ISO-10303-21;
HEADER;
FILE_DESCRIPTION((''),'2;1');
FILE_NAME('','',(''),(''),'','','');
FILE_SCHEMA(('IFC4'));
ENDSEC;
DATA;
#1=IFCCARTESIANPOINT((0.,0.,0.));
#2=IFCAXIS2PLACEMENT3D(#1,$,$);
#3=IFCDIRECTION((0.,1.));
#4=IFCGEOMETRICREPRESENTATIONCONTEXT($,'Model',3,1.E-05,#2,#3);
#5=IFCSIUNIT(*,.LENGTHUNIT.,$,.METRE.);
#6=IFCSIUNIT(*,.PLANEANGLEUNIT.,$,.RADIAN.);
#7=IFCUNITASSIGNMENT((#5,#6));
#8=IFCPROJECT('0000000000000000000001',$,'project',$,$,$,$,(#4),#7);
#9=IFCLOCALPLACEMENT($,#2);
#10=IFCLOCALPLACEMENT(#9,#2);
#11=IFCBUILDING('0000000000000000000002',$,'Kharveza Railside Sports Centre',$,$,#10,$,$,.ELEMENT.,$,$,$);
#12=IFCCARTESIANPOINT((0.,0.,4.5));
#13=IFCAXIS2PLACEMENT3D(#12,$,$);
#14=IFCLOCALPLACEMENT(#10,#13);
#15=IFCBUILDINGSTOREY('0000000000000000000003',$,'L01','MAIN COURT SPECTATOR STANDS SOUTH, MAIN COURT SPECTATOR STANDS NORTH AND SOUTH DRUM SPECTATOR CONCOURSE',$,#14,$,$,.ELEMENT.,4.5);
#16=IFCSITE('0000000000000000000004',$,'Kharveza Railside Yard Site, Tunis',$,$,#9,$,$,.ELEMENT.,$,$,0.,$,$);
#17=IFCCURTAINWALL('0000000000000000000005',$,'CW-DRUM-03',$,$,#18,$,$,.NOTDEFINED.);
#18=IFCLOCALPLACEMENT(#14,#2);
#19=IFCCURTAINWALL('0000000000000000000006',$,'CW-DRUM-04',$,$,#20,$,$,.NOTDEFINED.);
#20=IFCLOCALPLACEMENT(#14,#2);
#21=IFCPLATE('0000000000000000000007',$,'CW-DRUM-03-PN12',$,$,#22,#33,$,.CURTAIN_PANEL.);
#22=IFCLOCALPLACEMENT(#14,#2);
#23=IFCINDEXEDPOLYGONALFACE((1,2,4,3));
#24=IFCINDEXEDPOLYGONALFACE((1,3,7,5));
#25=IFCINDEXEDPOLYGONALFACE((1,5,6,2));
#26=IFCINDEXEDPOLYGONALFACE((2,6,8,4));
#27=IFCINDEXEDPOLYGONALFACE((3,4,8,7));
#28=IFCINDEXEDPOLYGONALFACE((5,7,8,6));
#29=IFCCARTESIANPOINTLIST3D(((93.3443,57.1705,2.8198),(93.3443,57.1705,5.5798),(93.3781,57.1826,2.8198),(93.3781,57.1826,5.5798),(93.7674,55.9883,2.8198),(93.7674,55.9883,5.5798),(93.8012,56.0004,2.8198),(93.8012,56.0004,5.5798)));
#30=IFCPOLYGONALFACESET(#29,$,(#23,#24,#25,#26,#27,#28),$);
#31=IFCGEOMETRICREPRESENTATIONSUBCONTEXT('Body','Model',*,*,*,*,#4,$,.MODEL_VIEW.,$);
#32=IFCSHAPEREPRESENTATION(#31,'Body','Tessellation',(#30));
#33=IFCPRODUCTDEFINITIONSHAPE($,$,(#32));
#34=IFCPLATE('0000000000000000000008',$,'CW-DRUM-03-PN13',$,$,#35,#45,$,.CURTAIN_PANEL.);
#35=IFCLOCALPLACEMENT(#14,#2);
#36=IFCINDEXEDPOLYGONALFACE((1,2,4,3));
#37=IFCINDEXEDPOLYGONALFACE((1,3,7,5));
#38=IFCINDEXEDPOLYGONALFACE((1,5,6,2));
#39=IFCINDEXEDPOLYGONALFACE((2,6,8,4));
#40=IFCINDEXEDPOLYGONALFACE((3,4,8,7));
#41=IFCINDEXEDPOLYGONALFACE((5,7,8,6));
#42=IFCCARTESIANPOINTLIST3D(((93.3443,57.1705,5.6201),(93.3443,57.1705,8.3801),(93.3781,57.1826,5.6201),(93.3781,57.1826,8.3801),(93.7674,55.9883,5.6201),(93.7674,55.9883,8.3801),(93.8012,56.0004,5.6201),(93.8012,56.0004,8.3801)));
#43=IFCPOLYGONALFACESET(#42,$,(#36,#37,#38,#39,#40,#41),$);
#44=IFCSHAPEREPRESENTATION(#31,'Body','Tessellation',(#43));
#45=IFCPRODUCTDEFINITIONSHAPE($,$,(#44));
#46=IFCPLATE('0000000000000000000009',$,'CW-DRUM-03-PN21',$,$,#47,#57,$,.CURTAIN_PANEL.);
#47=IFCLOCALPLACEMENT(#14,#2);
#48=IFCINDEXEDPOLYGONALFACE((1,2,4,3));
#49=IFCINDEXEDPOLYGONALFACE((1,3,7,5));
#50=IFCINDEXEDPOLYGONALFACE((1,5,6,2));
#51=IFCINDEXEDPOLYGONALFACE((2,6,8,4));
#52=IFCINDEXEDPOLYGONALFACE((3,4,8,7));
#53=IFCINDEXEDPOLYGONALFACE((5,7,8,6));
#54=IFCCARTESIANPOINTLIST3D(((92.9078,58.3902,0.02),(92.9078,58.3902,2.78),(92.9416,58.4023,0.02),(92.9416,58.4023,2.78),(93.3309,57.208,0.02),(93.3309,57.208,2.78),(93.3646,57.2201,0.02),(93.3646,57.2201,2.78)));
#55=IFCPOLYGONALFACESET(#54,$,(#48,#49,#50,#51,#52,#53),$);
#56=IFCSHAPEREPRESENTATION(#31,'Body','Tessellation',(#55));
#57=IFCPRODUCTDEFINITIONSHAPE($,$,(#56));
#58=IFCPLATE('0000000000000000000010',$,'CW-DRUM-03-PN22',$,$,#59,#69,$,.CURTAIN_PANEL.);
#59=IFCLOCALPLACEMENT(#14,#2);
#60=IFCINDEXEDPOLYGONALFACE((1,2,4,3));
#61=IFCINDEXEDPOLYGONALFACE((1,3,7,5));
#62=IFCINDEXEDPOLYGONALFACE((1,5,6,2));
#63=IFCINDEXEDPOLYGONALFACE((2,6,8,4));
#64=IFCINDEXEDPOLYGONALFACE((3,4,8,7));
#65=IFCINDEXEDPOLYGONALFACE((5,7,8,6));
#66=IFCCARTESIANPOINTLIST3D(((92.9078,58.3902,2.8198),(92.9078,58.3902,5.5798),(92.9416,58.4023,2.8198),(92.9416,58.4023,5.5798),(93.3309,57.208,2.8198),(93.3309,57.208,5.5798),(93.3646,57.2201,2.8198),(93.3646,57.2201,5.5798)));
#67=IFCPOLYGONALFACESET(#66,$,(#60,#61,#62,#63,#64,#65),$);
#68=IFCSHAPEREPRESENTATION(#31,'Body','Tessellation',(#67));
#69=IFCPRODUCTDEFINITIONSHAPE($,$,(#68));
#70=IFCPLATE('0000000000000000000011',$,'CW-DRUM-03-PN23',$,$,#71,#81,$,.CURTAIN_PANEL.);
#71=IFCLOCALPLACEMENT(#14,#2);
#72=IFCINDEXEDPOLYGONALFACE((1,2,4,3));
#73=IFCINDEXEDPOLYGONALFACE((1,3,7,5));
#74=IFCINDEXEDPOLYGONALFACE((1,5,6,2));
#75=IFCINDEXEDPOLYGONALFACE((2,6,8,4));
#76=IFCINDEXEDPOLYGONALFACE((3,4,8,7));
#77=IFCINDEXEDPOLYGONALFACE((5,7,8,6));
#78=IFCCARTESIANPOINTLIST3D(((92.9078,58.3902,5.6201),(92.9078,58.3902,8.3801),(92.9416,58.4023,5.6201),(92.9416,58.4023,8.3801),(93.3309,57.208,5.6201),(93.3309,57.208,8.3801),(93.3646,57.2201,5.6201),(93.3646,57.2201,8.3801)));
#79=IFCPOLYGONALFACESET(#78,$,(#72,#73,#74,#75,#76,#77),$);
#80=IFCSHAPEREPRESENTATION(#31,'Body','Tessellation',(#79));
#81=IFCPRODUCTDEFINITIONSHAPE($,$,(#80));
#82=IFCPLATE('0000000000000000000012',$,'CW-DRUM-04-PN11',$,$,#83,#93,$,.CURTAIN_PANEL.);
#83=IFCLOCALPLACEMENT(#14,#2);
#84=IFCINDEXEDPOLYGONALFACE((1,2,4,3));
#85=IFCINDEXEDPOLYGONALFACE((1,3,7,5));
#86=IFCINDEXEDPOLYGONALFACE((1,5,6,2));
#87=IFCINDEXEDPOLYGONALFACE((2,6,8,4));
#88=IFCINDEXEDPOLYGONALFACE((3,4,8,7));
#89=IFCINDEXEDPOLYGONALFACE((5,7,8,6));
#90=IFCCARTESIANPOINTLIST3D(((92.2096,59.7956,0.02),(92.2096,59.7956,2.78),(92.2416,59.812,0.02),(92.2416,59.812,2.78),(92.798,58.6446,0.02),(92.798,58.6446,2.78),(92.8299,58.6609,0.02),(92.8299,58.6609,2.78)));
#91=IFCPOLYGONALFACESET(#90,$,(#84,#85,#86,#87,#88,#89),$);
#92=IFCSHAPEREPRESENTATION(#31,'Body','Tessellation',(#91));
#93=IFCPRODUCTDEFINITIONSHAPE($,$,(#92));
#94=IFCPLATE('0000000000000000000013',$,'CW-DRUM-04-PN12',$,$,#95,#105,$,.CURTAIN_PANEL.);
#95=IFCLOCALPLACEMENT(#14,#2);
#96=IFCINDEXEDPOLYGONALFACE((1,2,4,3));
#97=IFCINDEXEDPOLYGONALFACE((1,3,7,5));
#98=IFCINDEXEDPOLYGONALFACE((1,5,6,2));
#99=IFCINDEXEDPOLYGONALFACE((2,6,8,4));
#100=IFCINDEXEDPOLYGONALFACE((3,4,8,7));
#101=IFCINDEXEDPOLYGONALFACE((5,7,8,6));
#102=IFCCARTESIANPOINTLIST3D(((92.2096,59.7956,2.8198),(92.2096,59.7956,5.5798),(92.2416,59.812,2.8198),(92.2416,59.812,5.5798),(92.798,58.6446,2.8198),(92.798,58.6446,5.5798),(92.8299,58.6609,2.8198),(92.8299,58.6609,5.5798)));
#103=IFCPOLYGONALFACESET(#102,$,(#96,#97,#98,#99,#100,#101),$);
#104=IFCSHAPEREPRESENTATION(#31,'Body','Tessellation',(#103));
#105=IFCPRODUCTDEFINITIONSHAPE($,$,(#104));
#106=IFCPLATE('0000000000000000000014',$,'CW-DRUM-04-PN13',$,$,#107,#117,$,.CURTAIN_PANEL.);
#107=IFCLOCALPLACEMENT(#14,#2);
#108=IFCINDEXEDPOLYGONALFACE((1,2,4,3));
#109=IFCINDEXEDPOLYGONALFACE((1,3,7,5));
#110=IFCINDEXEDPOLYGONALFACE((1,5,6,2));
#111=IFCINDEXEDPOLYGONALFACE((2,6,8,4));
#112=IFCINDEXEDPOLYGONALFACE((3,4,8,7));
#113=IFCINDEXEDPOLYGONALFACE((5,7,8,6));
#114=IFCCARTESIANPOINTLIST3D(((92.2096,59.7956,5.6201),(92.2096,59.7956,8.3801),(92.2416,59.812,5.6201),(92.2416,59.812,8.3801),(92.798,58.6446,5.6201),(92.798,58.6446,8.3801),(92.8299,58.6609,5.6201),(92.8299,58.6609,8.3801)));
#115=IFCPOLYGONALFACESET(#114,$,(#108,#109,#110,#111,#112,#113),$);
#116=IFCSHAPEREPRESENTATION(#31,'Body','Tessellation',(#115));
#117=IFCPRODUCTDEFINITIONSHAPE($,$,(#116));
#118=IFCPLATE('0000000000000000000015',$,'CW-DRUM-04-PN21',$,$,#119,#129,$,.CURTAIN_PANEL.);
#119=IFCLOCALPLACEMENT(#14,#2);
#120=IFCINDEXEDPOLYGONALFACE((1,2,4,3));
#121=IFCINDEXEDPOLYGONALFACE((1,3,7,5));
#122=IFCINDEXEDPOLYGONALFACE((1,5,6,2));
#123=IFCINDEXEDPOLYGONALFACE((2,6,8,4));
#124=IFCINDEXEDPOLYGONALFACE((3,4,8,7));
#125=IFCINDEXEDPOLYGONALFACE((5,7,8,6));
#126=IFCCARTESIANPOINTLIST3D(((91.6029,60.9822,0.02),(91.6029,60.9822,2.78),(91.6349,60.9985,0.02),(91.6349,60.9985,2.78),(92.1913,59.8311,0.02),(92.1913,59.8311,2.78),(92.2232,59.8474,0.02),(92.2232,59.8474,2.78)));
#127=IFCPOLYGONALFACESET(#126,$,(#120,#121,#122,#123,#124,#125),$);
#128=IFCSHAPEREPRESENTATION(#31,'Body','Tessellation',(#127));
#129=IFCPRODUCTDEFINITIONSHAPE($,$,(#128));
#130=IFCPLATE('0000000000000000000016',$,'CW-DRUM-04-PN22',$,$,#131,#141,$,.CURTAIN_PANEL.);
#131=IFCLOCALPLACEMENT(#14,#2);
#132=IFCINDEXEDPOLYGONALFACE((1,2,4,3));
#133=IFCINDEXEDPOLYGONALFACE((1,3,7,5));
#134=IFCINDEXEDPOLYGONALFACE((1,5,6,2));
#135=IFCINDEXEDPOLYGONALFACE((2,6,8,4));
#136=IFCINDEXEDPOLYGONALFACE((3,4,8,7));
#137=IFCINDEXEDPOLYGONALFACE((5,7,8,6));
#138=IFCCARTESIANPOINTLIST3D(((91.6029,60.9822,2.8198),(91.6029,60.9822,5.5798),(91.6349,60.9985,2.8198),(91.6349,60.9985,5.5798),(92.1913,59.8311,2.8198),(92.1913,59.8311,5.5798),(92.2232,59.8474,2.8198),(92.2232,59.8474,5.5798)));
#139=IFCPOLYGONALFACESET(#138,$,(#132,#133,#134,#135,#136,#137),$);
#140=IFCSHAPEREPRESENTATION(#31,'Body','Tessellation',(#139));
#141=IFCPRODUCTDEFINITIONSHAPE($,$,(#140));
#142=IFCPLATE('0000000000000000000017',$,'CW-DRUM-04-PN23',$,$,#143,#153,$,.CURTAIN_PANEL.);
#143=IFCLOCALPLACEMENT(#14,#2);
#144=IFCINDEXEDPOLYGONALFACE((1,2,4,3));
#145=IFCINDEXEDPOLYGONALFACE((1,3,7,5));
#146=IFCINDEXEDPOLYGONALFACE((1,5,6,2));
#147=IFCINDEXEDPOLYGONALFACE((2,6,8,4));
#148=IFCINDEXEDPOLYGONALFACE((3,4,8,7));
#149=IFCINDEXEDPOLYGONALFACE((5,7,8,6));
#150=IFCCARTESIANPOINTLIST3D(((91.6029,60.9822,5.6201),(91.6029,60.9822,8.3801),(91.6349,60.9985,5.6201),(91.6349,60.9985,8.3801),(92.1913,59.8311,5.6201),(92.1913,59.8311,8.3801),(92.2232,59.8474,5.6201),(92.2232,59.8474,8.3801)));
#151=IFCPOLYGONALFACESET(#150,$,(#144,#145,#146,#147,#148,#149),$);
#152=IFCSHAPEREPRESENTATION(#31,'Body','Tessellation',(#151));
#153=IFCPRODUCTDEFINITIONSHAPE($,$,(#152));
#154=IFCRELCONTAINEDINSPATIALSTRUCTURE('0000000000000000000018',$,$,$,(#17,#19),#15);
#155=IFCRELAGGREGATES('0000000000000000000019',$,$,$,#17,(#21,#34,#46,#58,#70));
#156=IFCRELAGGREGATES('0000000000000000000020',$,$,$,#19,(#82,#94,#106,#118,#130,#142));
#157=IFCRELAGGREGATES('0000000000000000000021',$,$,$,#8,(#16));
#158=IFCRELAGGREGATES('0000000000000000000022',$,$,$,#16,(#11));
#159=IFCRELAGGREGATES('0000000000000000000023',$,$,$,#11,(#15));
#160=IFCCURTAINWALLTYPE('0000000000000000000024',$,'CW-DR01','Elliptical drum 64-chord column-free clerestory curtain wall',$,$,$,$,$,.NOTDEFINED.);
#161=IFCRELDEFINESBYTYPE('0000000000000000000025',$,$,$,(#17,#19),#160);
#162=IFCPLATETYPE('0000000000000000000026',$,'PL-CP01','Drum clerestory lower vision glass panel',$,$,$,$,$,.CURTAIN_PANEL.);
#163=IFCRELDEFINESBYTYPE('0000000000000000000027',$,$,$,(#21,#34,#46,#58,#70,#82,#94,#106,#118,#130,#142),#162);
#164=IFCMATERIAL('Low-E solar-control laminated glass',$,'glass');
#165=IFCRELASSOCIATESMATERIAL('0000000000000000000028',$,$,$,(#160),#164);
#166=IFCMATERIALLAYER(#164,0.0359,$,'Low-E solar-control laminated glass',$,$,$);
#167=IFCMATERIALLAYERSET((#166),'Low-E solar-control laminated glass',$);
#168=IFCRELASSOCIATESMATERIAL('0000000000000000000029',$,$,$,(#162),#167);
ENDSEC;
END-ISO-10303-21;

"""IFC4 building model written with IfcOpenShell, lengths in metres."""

from ifc_helpers import new_model, si_unit, direction, frame, origin, origin_2d, place, context, subcontext, project, spatial, rectangle, extrude, material, layer, layer_set, type_object, element, aggregate, save


model = new_model("IFC4")

# Units and contexts
model_context = context("Model", 3, precision=1e-05, world=origin(), true_north=direction((0.0, 1.0)))
body_context = subcontext(model_context, "Body", "Model", "MODEL_VIEW")
ifc_project = project(units=[si_unit("LENGTHUNIT", "METRE"), si_unit("PLANEANGLEUNIT", "RADIAN")], contexts=[model_context])

# Site, building, storey
site_placement = place(None, origin())
site = spatial("IfcSite", under=ifc_project, at=site_placement, Name="Kharveza Railside Yard Site, Tunis", CompositionType="ELEMENT", RefElevation=0.0)
building_placement = place(site_placement, origin())
building = spatial("IfcBuilding", under=site, at=building_placement, Name="Kharveza Railside Sports Centre", CompositionType="ELEMENT")
storey_placement = place(building_placement, frame((0.0, 0.0, 4.5)))
storey = spatial("IfcBuildingStorey", under=building, at=storey_placement, Name="L01", Description="MAIN COURT SPECTATOR STANDS SOUTH, MAIN COURT SPECTATOR STANDS NORTH AND SOUTH DRUM SPECTATOR CONCOURSE", CompositionType="ELEMENT", Elevation=4.5)

# Curtain walls
ifc_material_1 = material(Name="Low-E solar-control laminated glass", Category="glass")
curtain_wall_type = type_object("IfcCurtainWallType", Name="CW-DR01", Description="Elliptical drum 64-chord column-free clerestory curtain wall", PredefinedType="NOTDEFINED", material=ifc_material_1)
curtain_wall_1_placement = place(storey_placement, origin())
curtain_wall_1 = element("IfcCurtainWall", 1, at=curtain_wall_1_placement, inside=storey, type_object=curtain_wall_type, Name="CW-DRUM-03", PredefinedType="NOTDEFINED")
curtain_wall_2_placement = place(storey_placement, origin())
curtain_wall_2 = element("IfcCurtainWall", 2, at=curtain_wall_2_placement, inside=storey, type_object=curtain_wall_type, Name="CW-DRUM-04", PredefinedType="NOTDEFINED")

# Plates
ifc_layer = layer(ifc_material_1, 0.0359, Name="Low-E solar-control laminated glass")
ifc_layer_set = layer_set([ifc_layer], Name="Low-E solar-control laminated glass")
plate_type = type_object("IfcPlateType", Name="PL-CP01", Description="Drum clerestory lower vision glass panel", PredefinedType="CURTAIN_PANEL", material=ifc_layer_set)
plate_1_placement = place(storey_placement, frame((93.5728, 56.5854, 2.8198), z_axis=(0.0, 0.0, 1.0), x_axis=(-0.336915, 0.941535, 0.0)))
plate_1 = element("IfcPlate", 3, at=plate_1_placement, type_object=plate_type, Name="CW-DRUM-03-PN12", PredefinedType="CURTAIN_PANEL", context=body_context, shape_type="SweptSolid", body=[
    extrude(rectangle(XDim=1.2556, YDim=0.0359, at=origin_2d()), origin(), (0.0, 0.0, 1.0), 2.76),
])
plate_2_placement = place(storey_placement, frame((93.5728, 56.5854, 5.6201), z_axis=(0.0, 0.0, 1.0), x_axis=(-0.336915, 0.941535, 0.0)))
plate_2 = element("IfcPlate", 4, at=plate_2_placement, type_object=plate_type, Name="CW-DRUM-03-PN13", PredefinedType="CURTAIN_PANEL", context=body_context, shape_type="SweptSolid", body=[
    extrude(rectangle(XDim=1.2556, YDim=0.0359, at=origin_2d()), origin(), (0.0, 0.0, 1.0), 2.76),
])
plate_3_placement = place(storey_placement, frame((93.1362, 57.8052, 0.02), z_axis=(0.0, 0.0, 1.0), x_axis=(-0.336915, 0.941535, 0.0)))
plate_3 = element("IfcPlate", 5, at=plate_3_placement, type_object=plate_type, Name="CW-DRUM-03-PN21", PredefinedType="CURTAIN_PANEL", context=body_context, shape_type="SweptSolid", body=[
    extrude(rectangle(XDim=1.2556, YDim=0.0359, at=origin_2d()), origin(), (0.0, 0.0, 1.0), 2.76),
])
plate_4_placement = place(storey_placement, frame((93.1362, 57.8052, 2.8198), z_axis=(0.0, 0.0, 1.0), x_axis=(-0.336915, 0.941535, 0.0)))
plate_4 = element("IfcPlate", 6, at=plate_4_placement, type_object=plate_type, Name="CW-DRUM-03-PN22", PredefinedType="CURTAIN_PANEL", context=body_context, shape_type="SweptSolid", body=[
    extrude(rectangle(XDim=1.2556, YDim=0.0359, at=origin_2d()), origin(), (0.0, 0.0, 1.0), 2.76),
])
plate_5_placement = place(storey_placement, frame((93.1362, 57.8052, 5.6201), z_axis=(0.0, 0.0, 1.0), x_axis=(-0.336915, 0.941535, 0.0)))
plate_5 = element("IfcPlate", 7, at=plate_5_placement, type_object=plate_type, Name="CW-DRUM-03-PN23", PredefinedType="CURTAIN_PANEL", context=body_context, shape_type="SweptSolid", body=[
    extrude(rectangle(XDim=1.2556, YDim=0.0359, at=origin_2d()), origin(), (0.0, 0.0, 1.0), 2.76),
])
aggregate(curtain_wall_1, [plate_1, plate_2, plate_3, plate_4, plate_5])
plate_6_placement = place(storey_placement, frame((92.5198, 59.2283, 0.02), z_axis=(0.0, 0.0, 1.0), x_axis=(-0.455141, 0.890419, 0.0)))
plate_6 = element("IfcPlate", 8, at=plate_6_placement, type_object=plate_type, Name="CW-DRUM-04-PN11", PredefinedType="CURTAIN_PANEL", context=body_context, shape_type="SweptSolid", body=[
    extrude(rectangle(XDim=1.2927, YDim=0.0359, at=origin_2d()), origin(), (0.0, 0.0, 1.0), 2.76),
])
plate_7_placement = place(storey_placement, frame((92.5198, 59.2283, 2.8198), z_axis=(0.0, 0.0, 1.0), x_axis=(-0.455141, 0.890419, 0.0)))
plate_7 = element("IfcPlate", 9, at=plate_7_placement, type_object=plate_type, Name="CW-DRUM-04-PN12", PredefinedType="CURTAIN_PANEL", context=body_context, shape_type="SweptSolid", body=[
    extrude(rectangle(XDim=1.2927, YDim=0.0359, at=origin_2d()), origin(), (0.0, 0.0, 1.0), 2.76),
])
plate_8_placement = place(storey_placement, frame((92.5198, 59.2283, 5.6201), z_axis=(0.0, 0.0, 1.0), x_axis=(-0.455141, 0.890419, 0.0)))
plate_8 = element("IfcPlate", 10, at=plate_8_placement, type_object=plate_type, Name="CW-DRUM-04-PN13", PredefinedType="CURTAIN_PANEL", context=body_context, shape_type="SweptSolid", body=[
    extrude(rectangle(XDim=1.2927, YDim=0.0359, at=origin_2d()), origin(), (0.0, 0.0, 1.0), 2.76),
])
plate_9_placement = place(storey_placement, frame((91.9131, 60.4148, 0.02), z_axis=(0.0, 0.0, 1.0), x_axis=(-0.455141, 0.890419, 0.0)))
plate_9 = element("IfcPlate", 11, at=plate_9_placement, type_object=plate_type, Name="CW-DRUM-04-PN21", PredefinedType="CURTAIN_PANEL", context=body_context, shape_type="SweptSolid", body=[
    extrude(rectangle(XDim=1.2927, YDim=0.0359, at=origin_2d()), origin(), (0.0, 0.0, 1.0), 2.76),
])
plate_10_placement = place(storey_placement, frame((91.9131, 60.4148, 2.8198), z_axis=(0.0, 0.0, 1.0), x_axis=(-0.455141, 0.890419, 0.0)))
plate_10 = element("IfcPlate", 12, at=plate_10_placement, type_object=plate_type, Name="CW-DRUM-04-PN22", PredefinedType="CURTAIN_PANEL", context=body_context, shape_type="SweptSolid", body=[
    extrude(rectangle(XDim=1.2927, YDim=0.0359, at=origin_2d()), origin(), (0.0, 0.0, 1.0), 2.76),
])
plate_11_placement = place(storey_placement, frame((91.9131, 60.4148, 5.6201), z_axis=(0.0, 0.0, 1.0), x_axis=(-0.455141, 0.890419, 0.0)))
plate_11 = element("IfcPlate", 13, at=plate_11_placement, type_object=plate_type, Name="CW-DRUM-04-PN23", PredefinedType="CURTAIN_PANEL", context=body_context, shape_type="SweptSolid", body=[
    extrude(rectangle(XDim=1.2927, YDim=0.0359, at=origin_2d()), origin(), (0.0, 0.0, 1.0), 2.76),
])
aggregate(curtain_wall_2, [plate_6, plate_7, plate_8, plate_9, plate_10, plate_11])

save(model, "model.ifc")
